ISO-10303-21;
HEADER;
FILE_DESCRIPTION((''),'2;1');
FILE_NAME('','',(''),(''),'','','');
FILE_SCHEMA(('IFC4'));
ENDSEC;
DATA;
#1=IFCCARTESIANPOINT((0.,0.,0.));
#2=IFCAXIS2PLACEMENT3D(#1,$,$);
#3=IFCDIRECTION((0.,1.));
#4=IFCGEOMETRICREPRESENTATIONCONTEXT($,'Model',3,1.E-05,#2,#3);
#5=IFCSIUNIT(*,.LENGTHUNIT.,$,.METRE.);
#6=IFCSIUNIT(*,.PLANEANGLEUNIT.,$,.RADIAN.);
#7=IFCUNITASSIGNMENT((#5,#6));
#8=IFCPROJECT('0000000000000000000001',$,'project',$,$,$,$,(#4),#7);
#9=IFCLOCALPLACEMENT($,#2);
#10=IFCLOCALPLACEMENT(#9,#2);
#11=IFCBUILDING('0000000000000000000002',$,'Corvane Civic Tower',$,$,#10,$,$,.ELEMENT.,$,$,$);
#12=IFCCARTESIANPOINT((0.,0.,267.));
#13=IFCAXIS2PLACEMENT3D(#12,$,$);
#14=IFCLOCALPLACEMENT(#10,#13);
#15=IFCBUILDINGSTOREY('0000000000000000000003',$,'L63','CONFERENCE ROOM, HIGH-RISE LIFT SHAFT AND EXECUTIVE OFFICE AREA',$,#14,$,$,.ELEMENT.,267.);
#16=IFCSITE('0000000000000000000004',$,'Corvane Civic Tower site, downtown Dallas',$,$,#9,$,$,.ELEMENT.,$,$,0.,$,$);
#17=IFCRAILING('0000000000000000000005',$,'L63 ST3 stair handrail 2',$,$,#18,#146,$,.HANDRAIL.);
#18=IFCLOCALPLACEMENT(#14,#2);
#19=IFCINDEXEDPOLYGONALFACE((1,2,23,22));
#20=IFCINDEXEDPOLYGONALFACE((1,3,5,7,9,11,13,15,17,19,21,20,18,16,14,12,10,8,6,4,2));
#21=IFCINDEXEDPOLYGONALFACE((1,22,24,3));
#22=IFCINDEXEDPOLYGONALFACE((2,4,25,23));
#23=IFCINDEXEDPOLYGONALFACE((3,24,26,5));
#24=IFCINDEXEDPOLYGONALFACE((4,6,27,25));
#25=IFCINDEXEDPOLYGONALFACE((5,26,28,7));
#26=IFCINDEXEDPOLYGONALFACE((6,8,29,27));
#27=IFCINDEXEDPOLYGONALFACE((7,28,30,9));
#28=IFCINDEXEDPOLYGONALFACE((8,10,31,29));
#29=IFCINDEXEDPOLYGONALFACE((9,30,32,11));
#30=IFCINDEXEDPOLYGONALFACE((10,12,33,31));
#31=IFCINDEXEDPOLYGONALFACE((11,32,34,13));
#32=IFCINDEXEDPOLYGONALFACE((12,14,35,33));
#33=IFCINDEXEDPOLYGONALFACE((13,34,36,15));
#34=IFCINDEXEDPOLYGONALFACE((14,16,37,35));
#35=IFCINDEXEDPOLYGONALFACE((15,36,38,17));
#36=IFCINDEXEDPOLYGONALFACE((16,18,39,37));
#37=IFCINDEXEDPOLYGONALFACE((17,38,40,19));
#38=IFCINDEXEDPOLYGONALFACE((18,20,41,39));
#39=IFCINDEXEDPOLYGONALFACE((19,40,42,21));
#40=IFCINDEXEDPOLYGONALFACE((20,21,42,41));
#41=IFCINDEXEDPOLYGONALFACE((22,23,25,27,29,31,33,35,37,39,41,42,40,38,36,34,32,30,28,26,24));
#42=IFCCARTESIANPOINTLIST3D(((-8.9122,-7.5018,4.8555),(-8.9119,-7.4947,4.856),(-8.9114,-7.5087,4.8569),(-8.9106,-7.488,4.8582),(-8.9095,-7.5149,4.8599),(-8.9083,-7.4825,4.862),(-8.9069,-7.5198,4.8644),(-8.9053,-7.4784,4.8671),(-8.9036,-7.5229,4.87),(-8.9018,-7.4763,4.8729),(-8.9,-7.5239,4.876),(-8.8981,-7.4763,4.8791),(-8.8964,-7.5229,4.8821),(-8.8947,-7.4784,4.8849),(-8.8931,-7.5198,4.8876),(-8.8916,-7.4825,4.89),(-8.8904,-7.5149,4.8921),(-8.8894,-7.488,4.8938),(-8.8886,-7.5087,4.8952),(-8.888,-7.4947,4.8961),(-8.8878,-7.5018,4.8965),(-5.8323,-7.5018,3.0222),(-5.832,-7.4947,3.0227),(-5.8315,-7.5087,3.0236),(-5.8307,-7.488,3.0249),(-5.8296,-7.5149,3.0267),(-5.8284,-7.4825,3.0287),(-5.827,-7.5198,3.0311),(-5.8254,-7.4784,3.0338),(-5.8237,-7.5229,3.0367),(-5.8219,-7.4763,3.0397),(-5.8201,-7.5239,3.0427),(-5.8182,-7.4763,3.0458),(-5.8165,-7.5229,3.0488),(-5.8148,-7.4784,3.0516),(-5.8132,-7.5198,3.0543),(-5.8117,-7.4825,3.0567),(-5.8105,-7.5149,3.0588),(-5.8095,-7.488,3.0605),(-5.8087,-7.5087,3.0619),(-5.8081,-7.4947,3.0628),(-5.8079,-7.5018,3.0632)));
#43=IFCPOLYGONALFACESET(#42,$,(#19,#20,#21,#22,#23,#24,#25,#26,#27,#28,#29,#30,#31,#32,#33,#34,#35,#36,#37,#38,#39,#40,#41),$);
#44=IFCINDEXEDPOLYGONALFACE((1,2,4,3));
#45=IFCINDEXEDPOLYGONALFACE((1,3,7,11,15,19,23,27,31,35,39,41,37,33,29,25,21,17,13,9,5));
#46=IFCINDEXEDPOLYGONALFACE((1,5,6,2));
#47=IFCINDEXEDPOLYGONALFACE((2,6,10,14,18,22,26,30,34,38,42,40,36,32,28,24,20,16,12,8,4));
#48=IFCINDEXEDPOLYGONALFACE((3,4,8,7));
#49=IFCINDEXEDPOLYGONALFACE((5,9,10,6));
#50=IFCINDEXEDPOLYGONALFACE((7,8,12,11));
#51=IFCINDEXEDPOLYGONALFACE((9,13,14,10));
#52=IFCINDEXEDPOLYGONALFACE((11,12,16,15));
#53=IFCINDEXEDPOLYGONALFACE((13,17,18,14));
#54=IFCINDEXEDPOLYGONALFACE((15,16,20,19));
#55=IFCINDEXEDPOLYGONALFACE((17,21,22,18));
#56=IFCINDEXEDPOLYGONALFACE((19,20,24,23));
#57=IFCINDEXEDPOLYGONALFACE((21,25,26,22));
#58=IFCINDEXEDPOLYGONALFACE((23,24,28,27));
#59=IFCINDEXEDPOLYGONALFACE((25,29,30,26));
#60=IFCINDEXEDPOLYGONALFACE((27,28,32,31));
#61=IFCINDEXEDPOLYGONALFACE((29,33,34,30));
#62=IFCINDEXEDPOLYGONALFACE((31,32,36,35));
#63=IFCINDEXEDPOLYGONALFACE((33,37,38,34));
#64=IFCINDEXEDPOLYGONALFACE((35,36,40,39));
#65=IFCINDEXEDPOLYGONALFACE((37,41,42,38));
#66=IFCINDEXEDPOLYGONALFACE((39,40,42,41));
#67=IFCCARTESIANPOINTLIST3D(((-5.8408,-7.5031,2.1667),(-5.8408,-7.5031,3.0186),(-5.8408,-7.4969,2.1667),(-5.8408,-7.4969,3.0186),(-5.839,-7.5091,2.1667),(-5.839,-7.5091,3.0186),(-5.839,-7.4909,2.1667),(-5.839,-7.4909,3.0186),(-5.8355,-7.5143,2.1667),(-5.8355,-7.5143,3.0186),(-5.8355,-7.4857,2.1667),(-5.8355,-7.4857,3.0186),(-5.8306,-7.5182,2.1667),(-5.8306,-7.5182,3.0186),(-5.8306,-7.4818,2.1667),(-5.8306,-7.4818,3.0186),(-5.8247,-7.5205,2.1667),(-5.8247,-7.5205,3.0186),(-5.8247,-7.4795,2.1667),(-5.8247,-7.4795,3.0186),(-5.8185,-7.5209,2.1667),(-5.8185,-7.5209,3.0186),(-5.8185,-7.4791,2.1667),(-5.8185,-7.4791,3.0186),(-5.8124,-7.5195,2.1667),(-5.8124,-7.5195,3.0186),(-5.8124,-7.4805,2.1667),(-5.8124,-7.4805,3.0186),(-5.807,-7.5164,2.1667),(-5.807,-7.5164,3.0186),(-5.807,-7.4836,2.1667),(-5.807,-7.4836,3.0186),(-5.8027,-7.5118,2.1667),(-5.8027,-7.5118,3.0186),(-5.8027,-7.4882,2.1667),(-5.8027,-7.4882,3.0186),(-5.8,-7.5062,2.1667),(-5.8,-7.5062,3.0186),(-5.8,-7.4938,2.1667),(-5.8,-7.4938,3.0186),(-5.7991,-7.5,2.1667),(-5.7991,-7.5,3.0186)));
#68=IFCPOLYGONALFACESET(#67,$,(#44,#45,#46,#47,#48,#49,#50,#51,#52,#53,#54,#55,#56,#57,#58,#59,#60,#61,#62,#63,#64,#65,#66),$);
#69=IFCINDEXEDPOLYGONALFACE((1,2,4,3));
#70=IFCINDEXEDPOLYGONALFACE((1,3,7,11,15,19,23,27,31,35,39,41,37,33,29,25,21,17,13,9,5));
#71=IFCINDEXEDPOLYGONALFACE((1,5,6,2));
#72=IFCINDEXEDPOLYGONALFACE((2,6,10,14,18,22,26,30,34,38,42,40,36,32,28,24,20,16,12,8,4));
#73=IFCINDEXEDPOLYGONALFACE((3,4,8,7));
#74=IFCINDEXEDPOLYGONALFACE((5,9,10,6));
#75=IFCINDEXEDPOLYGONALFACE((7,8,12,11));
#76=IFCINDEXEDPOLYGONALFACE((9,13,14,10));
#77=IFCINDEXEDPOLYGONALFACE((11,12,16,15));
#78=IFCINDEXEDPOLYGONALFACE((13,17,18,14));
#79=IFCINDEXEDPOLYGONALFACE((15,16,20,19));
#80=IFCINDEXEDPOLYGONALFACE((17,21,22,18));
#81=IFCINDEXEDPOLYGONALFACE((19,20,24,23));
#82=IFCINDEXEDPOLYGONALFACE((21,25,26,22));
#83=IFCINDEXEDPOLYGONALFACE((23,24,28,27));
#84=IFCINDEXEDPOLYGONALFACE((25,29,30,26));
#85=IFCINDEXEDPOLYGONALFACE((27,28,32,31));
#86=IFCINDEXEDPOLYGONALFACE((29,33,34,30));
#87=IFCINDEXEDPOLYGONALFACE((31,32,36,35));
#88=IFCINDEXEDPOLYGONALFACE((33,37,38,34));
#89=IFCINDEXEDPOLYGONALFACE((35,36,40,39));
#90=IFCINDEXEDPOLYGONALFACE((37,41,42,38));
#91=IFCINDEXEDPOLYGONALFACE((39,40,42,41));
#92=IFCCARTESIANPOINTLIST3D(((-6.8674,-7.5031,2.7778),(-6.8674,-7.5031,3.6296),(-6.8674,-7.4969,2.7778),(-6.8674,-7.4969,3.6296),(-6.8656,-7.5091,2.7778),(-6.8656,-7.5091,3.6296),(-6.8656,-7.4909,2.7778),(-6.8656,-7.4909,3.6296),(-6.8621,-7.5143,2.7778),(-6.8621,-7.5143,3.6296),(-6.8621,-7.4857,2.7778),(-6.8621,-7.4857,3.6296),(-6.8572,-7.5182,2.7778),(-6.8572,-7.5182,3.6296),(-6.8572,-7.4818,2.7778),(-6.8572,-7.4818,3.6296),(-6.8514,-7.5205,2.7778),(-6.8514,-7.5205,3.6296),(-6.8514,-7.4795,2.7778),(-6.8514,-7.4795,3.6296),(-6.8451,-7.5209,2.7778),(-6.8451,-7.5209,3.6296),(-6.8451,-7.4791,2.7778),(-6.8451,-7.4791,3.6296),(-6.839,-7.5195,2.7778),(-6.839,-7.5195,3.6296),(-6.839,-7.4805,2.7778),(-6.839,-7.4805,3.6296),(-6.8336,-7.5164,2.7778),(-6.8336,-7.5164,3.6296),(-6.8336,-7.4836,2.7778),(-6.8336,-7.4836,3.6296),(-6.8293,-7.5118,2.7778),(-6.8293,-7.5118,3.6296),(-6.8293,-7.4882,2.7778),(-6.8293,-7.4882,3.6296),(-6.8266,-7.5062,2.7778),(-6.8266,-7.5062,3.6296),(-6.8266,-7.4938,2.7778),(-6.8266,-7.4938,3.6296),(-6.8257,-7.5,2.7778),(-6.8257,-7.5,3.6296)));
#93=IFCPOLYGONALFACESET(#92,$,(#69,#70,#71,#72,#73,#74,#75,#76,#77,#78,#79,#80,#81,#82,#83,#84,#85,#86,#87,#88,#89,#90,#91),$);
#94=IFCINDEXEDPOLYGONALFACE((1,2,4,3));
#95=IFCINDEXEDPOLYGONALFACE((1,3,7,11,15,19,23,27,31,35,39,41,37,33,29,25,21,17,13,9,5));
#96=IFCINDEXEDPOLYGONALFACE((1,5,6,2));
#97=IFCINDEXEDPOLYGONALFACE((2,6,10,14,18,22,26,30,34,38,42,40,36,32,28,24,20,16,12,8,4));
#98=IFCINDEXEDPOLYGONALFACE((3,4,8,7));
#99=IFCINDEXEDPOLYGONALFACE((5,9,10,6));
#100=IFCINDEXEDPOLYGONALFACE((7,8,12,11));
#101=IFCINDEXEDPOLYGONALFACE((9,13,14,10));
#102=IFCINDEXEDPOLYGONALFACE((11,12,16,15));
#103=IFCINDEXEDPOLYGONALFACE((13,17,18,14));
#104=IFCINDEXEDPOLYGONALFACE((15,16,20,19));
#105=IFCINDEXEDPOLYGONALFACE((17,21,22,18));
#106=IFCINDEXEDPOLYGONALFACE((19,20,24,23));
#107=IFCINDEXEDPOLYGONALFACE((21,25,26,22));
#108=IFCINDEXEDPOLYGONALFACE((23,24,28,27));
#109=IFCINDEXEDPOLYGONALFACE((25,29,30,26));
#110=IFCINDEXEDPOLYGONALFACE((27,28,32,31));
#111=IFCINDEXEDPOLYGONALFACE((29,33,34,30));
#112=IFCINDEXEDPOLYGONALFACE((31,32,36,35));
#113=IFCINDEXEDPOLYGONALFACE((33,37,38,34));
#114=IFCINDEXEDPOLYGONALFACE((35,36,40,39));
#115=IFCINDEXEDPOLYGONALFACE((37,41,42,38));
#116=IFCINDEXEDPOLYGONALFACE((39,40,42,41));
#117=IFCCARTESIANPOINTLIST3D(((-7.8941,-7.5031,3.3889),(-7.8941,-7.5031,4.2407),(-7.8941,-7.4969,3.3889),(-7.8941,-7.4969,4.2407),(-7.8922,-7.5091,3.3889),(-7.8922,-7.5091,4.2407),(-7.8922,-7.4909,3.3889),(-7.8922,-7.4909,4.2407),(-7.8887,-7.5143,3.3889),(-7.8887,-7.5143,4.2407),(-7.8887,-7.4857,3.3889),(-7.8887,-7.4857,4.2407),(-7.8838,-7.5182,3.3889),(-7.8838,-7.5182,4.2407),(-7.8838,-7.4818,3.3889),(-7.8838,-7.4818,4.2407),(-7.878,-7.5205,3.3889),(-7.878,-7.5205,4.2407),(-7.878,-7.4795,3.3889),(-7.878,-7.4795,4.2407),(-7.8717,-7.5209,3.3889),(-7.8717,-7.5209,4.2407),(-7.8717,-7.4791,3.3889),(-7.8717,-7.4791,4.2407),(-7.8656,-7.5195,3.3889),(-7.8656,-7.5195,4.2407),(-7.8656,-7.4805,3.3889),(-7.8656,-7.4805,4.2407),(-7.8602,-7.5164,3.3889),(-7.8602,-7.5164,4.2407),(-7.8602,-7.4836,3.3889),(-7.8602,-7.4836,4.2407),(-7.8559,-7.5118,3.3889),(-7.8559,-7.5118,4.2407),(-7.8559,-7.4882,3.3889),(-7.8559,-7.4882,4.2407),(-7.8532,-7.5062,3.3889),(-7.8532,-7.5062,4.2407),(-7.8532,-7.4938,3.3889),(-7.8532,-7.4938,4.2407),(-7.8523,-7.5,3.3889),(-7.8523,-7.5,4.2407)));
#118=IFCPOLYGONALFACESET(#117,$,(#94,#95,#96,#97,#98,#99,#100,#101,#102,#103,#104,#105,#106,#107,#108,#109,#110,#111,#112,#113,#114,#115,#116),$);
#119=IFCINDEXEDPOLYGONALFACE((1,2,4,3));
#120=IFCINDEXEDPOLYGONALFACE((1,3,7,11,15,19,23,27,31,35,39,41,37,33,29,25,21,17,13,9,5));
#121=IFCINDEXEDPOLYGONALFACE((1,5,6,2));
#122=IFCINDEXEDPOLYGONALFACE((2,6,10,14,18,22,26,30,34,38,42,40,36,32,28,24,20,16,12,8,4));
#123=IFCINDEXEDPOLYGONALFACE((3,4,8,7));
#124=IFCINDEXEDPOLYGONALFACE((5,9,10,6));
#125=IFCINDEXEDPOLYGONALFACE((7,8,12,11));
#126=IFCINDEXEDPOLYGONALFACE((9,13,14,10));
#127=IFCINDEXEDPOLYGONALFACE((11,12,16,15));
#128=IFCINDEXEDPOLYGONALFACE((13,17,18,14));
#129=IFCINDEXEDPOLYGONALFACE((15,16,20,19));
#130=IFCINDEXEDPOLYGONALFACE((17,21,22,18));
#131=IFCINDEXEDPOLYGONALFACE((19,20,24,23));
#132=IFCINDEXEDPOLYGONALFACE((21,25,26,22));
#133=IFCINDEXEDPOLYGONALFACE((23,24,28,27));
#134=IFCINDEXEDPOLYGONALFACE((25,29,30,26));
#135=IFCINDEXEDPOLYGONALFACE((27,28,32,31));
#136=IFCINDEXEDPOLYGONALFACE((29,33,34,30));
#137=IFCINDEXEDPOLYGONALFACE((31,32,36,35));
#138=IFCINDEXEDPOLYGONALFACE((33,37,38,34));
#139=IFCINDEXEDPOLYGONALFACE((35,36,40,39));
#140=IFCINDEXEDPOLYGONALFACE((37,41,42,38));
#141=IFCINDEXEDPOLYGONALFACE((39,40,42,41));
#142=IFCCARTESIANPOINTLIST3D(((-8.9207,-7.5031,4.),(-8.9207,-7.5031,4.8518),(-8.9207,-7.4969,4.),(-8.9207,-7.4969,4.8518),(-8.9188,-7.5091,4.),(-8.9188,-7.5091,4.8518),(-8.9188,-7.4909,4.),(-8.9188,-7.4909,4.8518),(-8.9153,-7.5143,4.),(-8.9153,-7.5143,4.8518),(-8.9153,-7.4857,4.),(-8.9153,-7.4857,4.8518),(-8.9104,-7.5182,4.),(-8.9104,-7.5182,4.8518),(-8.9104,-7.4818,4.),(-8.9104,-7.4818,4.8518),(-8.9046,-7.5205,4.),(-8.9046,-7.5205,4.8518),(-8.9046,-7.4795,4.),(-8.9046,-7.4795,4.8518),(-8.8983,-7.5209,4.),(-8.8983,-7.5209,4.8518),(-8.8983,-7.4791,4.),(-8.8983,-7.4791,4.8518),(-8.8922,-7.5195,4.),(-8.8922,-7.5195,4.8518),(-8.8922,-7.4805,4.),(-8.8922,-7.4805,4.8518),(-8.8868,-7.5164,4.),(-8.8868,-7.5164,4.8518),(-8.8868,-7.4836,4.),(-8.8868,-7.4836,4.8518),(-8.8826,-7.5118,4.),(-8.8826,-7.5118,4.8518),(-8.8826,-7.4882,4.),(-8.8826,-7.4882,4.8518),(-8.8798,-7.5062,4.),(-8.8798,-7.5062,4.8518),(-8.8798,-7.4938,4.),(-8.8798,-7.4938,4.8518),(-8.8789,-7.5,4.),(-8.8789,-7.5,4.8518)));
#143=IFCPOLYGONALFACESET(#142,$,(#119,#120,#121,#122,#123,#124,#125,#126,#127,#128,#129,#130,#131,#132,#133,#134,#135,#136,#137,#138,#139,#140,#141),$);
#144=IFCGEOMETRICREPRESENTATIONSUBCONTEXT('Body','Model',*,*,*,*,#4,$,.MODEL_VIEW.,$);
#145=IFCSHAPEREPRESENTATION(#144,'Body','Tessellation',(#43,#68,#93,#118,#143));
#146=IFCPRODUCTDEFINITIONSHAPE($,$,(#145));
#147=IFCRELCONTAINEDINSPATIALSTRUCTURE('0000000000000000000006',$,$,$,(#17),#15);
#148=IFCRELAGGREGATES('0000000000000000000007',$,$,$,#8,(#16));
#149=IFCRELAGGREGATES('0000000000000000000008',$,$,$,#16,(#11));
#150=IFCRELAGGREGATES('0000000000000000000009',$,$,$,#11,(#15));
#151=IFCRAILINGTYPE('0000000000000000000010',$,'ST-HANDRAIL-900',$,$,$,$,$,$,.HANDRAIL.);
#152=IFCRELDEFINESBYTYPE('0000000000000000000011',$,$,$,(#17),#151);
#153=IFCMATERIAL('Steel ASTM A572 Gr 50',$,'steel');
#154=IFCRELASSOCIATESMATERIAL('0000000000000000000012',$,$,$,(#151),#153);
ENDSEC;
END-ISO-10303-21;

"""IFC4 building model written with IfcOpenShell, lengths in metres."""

from ifc_helpers import new_model, si_unit, direction, frame, origin, origin_2d, place, context, subcontext, project, spatial, circle, extrude, material, type_object, element, save


model = new_model("IFC4")

# Units and contexts
model_context = context("Model", 3, precision=1e-05, world=origin(), true_north=direction((0.0, 1.0)))
body_context = subcontext(model_context, "Body", "Model", "MODEL_VIEW")
ifc_project = project(units=[si_unit("LENGTHUNIT", "METRE"), si_unit("PLANEANGLEUNIT", "RADIAN")], contexts=[model_context])

# Site, building, storey
site_placement = place(None, origin())
site = spatial("IfcSite", under=ifc_project, at=site_placement, Name="Corvane Civic Tower site, downtown Dallas", CompositionType="ELEMENT", RefElevation=0.0)
building_placement = place(site_placement, origin())
building = spatial("IfcBuilding", under=site, at=building_placement, Name="Corvane Civic Tower", CompositionType="ELEMENT")
storey_placement = place(building_placement, frame((0.0, 0.0, 267.0)))
storey = spatial("IfcBuildingStorey", under=building, at=storey_placement, Name="L63", Description="CONFERENCE ROOM, HIGH-RISE LIFT SHAFT AND EXECUTIVE OFFICE AREA", CompositionType="ELEMENT", Elevation=267.0)

# Railing
ifc_material_1 = material(Name="Steel ASTM A572 Gr 50", Category="steel")
railing_type_1 = type_object("IfcRailingType", Name="ST-HANDRAIL-900", PredefinedType="HANDRAIL", material=ifc_material_1)
railing_1_placement = place(storey_placement, frame((-5.8201, -7.5, 2.1667)))
element("IfcRailing", 1, at=railing_1_placement, inside=storey, type_object=railing_type_1, Name="L63 ST3 stair handrail 2", PredefinedType="HANDRAIL", context=body_context, shape_type="SweptSolid", body=[
    extrude(circle(Radius=0.0239, at=origin_2d()), frame((0.0, 0.0, 0.876), z_axis=(-0.859291, 0.0, 0.511487), x_axis=(0.0, -1.0, 0.0)), (0.0, 0.0, 1.0), 3.5842),
    extrude(circle(Radius=0.021, at=origin_2d()), origin(), (0.0, 0.0, 1.0), 0.8518),
    extrude(circle(Radius=0.021, at=origin_2d()), frame((-1.0266, 0.0, 0.6111)), (0.0, 0.0, 1.0), 0.8518),
    extrude(circle(Radius=0.021, at=origin_2d()), frame((-2.0532, 0.0, 1.2222)), (0.0, 0.0, 1.0), 0.8518),
    extrude(circle(Radius=0.021, at=origin_2d()), frame((-3.0798, 0.0, 1.8333)), (0.0, 0.0, 1.0), 0.8518),
])

save(model, "model.ifc")
